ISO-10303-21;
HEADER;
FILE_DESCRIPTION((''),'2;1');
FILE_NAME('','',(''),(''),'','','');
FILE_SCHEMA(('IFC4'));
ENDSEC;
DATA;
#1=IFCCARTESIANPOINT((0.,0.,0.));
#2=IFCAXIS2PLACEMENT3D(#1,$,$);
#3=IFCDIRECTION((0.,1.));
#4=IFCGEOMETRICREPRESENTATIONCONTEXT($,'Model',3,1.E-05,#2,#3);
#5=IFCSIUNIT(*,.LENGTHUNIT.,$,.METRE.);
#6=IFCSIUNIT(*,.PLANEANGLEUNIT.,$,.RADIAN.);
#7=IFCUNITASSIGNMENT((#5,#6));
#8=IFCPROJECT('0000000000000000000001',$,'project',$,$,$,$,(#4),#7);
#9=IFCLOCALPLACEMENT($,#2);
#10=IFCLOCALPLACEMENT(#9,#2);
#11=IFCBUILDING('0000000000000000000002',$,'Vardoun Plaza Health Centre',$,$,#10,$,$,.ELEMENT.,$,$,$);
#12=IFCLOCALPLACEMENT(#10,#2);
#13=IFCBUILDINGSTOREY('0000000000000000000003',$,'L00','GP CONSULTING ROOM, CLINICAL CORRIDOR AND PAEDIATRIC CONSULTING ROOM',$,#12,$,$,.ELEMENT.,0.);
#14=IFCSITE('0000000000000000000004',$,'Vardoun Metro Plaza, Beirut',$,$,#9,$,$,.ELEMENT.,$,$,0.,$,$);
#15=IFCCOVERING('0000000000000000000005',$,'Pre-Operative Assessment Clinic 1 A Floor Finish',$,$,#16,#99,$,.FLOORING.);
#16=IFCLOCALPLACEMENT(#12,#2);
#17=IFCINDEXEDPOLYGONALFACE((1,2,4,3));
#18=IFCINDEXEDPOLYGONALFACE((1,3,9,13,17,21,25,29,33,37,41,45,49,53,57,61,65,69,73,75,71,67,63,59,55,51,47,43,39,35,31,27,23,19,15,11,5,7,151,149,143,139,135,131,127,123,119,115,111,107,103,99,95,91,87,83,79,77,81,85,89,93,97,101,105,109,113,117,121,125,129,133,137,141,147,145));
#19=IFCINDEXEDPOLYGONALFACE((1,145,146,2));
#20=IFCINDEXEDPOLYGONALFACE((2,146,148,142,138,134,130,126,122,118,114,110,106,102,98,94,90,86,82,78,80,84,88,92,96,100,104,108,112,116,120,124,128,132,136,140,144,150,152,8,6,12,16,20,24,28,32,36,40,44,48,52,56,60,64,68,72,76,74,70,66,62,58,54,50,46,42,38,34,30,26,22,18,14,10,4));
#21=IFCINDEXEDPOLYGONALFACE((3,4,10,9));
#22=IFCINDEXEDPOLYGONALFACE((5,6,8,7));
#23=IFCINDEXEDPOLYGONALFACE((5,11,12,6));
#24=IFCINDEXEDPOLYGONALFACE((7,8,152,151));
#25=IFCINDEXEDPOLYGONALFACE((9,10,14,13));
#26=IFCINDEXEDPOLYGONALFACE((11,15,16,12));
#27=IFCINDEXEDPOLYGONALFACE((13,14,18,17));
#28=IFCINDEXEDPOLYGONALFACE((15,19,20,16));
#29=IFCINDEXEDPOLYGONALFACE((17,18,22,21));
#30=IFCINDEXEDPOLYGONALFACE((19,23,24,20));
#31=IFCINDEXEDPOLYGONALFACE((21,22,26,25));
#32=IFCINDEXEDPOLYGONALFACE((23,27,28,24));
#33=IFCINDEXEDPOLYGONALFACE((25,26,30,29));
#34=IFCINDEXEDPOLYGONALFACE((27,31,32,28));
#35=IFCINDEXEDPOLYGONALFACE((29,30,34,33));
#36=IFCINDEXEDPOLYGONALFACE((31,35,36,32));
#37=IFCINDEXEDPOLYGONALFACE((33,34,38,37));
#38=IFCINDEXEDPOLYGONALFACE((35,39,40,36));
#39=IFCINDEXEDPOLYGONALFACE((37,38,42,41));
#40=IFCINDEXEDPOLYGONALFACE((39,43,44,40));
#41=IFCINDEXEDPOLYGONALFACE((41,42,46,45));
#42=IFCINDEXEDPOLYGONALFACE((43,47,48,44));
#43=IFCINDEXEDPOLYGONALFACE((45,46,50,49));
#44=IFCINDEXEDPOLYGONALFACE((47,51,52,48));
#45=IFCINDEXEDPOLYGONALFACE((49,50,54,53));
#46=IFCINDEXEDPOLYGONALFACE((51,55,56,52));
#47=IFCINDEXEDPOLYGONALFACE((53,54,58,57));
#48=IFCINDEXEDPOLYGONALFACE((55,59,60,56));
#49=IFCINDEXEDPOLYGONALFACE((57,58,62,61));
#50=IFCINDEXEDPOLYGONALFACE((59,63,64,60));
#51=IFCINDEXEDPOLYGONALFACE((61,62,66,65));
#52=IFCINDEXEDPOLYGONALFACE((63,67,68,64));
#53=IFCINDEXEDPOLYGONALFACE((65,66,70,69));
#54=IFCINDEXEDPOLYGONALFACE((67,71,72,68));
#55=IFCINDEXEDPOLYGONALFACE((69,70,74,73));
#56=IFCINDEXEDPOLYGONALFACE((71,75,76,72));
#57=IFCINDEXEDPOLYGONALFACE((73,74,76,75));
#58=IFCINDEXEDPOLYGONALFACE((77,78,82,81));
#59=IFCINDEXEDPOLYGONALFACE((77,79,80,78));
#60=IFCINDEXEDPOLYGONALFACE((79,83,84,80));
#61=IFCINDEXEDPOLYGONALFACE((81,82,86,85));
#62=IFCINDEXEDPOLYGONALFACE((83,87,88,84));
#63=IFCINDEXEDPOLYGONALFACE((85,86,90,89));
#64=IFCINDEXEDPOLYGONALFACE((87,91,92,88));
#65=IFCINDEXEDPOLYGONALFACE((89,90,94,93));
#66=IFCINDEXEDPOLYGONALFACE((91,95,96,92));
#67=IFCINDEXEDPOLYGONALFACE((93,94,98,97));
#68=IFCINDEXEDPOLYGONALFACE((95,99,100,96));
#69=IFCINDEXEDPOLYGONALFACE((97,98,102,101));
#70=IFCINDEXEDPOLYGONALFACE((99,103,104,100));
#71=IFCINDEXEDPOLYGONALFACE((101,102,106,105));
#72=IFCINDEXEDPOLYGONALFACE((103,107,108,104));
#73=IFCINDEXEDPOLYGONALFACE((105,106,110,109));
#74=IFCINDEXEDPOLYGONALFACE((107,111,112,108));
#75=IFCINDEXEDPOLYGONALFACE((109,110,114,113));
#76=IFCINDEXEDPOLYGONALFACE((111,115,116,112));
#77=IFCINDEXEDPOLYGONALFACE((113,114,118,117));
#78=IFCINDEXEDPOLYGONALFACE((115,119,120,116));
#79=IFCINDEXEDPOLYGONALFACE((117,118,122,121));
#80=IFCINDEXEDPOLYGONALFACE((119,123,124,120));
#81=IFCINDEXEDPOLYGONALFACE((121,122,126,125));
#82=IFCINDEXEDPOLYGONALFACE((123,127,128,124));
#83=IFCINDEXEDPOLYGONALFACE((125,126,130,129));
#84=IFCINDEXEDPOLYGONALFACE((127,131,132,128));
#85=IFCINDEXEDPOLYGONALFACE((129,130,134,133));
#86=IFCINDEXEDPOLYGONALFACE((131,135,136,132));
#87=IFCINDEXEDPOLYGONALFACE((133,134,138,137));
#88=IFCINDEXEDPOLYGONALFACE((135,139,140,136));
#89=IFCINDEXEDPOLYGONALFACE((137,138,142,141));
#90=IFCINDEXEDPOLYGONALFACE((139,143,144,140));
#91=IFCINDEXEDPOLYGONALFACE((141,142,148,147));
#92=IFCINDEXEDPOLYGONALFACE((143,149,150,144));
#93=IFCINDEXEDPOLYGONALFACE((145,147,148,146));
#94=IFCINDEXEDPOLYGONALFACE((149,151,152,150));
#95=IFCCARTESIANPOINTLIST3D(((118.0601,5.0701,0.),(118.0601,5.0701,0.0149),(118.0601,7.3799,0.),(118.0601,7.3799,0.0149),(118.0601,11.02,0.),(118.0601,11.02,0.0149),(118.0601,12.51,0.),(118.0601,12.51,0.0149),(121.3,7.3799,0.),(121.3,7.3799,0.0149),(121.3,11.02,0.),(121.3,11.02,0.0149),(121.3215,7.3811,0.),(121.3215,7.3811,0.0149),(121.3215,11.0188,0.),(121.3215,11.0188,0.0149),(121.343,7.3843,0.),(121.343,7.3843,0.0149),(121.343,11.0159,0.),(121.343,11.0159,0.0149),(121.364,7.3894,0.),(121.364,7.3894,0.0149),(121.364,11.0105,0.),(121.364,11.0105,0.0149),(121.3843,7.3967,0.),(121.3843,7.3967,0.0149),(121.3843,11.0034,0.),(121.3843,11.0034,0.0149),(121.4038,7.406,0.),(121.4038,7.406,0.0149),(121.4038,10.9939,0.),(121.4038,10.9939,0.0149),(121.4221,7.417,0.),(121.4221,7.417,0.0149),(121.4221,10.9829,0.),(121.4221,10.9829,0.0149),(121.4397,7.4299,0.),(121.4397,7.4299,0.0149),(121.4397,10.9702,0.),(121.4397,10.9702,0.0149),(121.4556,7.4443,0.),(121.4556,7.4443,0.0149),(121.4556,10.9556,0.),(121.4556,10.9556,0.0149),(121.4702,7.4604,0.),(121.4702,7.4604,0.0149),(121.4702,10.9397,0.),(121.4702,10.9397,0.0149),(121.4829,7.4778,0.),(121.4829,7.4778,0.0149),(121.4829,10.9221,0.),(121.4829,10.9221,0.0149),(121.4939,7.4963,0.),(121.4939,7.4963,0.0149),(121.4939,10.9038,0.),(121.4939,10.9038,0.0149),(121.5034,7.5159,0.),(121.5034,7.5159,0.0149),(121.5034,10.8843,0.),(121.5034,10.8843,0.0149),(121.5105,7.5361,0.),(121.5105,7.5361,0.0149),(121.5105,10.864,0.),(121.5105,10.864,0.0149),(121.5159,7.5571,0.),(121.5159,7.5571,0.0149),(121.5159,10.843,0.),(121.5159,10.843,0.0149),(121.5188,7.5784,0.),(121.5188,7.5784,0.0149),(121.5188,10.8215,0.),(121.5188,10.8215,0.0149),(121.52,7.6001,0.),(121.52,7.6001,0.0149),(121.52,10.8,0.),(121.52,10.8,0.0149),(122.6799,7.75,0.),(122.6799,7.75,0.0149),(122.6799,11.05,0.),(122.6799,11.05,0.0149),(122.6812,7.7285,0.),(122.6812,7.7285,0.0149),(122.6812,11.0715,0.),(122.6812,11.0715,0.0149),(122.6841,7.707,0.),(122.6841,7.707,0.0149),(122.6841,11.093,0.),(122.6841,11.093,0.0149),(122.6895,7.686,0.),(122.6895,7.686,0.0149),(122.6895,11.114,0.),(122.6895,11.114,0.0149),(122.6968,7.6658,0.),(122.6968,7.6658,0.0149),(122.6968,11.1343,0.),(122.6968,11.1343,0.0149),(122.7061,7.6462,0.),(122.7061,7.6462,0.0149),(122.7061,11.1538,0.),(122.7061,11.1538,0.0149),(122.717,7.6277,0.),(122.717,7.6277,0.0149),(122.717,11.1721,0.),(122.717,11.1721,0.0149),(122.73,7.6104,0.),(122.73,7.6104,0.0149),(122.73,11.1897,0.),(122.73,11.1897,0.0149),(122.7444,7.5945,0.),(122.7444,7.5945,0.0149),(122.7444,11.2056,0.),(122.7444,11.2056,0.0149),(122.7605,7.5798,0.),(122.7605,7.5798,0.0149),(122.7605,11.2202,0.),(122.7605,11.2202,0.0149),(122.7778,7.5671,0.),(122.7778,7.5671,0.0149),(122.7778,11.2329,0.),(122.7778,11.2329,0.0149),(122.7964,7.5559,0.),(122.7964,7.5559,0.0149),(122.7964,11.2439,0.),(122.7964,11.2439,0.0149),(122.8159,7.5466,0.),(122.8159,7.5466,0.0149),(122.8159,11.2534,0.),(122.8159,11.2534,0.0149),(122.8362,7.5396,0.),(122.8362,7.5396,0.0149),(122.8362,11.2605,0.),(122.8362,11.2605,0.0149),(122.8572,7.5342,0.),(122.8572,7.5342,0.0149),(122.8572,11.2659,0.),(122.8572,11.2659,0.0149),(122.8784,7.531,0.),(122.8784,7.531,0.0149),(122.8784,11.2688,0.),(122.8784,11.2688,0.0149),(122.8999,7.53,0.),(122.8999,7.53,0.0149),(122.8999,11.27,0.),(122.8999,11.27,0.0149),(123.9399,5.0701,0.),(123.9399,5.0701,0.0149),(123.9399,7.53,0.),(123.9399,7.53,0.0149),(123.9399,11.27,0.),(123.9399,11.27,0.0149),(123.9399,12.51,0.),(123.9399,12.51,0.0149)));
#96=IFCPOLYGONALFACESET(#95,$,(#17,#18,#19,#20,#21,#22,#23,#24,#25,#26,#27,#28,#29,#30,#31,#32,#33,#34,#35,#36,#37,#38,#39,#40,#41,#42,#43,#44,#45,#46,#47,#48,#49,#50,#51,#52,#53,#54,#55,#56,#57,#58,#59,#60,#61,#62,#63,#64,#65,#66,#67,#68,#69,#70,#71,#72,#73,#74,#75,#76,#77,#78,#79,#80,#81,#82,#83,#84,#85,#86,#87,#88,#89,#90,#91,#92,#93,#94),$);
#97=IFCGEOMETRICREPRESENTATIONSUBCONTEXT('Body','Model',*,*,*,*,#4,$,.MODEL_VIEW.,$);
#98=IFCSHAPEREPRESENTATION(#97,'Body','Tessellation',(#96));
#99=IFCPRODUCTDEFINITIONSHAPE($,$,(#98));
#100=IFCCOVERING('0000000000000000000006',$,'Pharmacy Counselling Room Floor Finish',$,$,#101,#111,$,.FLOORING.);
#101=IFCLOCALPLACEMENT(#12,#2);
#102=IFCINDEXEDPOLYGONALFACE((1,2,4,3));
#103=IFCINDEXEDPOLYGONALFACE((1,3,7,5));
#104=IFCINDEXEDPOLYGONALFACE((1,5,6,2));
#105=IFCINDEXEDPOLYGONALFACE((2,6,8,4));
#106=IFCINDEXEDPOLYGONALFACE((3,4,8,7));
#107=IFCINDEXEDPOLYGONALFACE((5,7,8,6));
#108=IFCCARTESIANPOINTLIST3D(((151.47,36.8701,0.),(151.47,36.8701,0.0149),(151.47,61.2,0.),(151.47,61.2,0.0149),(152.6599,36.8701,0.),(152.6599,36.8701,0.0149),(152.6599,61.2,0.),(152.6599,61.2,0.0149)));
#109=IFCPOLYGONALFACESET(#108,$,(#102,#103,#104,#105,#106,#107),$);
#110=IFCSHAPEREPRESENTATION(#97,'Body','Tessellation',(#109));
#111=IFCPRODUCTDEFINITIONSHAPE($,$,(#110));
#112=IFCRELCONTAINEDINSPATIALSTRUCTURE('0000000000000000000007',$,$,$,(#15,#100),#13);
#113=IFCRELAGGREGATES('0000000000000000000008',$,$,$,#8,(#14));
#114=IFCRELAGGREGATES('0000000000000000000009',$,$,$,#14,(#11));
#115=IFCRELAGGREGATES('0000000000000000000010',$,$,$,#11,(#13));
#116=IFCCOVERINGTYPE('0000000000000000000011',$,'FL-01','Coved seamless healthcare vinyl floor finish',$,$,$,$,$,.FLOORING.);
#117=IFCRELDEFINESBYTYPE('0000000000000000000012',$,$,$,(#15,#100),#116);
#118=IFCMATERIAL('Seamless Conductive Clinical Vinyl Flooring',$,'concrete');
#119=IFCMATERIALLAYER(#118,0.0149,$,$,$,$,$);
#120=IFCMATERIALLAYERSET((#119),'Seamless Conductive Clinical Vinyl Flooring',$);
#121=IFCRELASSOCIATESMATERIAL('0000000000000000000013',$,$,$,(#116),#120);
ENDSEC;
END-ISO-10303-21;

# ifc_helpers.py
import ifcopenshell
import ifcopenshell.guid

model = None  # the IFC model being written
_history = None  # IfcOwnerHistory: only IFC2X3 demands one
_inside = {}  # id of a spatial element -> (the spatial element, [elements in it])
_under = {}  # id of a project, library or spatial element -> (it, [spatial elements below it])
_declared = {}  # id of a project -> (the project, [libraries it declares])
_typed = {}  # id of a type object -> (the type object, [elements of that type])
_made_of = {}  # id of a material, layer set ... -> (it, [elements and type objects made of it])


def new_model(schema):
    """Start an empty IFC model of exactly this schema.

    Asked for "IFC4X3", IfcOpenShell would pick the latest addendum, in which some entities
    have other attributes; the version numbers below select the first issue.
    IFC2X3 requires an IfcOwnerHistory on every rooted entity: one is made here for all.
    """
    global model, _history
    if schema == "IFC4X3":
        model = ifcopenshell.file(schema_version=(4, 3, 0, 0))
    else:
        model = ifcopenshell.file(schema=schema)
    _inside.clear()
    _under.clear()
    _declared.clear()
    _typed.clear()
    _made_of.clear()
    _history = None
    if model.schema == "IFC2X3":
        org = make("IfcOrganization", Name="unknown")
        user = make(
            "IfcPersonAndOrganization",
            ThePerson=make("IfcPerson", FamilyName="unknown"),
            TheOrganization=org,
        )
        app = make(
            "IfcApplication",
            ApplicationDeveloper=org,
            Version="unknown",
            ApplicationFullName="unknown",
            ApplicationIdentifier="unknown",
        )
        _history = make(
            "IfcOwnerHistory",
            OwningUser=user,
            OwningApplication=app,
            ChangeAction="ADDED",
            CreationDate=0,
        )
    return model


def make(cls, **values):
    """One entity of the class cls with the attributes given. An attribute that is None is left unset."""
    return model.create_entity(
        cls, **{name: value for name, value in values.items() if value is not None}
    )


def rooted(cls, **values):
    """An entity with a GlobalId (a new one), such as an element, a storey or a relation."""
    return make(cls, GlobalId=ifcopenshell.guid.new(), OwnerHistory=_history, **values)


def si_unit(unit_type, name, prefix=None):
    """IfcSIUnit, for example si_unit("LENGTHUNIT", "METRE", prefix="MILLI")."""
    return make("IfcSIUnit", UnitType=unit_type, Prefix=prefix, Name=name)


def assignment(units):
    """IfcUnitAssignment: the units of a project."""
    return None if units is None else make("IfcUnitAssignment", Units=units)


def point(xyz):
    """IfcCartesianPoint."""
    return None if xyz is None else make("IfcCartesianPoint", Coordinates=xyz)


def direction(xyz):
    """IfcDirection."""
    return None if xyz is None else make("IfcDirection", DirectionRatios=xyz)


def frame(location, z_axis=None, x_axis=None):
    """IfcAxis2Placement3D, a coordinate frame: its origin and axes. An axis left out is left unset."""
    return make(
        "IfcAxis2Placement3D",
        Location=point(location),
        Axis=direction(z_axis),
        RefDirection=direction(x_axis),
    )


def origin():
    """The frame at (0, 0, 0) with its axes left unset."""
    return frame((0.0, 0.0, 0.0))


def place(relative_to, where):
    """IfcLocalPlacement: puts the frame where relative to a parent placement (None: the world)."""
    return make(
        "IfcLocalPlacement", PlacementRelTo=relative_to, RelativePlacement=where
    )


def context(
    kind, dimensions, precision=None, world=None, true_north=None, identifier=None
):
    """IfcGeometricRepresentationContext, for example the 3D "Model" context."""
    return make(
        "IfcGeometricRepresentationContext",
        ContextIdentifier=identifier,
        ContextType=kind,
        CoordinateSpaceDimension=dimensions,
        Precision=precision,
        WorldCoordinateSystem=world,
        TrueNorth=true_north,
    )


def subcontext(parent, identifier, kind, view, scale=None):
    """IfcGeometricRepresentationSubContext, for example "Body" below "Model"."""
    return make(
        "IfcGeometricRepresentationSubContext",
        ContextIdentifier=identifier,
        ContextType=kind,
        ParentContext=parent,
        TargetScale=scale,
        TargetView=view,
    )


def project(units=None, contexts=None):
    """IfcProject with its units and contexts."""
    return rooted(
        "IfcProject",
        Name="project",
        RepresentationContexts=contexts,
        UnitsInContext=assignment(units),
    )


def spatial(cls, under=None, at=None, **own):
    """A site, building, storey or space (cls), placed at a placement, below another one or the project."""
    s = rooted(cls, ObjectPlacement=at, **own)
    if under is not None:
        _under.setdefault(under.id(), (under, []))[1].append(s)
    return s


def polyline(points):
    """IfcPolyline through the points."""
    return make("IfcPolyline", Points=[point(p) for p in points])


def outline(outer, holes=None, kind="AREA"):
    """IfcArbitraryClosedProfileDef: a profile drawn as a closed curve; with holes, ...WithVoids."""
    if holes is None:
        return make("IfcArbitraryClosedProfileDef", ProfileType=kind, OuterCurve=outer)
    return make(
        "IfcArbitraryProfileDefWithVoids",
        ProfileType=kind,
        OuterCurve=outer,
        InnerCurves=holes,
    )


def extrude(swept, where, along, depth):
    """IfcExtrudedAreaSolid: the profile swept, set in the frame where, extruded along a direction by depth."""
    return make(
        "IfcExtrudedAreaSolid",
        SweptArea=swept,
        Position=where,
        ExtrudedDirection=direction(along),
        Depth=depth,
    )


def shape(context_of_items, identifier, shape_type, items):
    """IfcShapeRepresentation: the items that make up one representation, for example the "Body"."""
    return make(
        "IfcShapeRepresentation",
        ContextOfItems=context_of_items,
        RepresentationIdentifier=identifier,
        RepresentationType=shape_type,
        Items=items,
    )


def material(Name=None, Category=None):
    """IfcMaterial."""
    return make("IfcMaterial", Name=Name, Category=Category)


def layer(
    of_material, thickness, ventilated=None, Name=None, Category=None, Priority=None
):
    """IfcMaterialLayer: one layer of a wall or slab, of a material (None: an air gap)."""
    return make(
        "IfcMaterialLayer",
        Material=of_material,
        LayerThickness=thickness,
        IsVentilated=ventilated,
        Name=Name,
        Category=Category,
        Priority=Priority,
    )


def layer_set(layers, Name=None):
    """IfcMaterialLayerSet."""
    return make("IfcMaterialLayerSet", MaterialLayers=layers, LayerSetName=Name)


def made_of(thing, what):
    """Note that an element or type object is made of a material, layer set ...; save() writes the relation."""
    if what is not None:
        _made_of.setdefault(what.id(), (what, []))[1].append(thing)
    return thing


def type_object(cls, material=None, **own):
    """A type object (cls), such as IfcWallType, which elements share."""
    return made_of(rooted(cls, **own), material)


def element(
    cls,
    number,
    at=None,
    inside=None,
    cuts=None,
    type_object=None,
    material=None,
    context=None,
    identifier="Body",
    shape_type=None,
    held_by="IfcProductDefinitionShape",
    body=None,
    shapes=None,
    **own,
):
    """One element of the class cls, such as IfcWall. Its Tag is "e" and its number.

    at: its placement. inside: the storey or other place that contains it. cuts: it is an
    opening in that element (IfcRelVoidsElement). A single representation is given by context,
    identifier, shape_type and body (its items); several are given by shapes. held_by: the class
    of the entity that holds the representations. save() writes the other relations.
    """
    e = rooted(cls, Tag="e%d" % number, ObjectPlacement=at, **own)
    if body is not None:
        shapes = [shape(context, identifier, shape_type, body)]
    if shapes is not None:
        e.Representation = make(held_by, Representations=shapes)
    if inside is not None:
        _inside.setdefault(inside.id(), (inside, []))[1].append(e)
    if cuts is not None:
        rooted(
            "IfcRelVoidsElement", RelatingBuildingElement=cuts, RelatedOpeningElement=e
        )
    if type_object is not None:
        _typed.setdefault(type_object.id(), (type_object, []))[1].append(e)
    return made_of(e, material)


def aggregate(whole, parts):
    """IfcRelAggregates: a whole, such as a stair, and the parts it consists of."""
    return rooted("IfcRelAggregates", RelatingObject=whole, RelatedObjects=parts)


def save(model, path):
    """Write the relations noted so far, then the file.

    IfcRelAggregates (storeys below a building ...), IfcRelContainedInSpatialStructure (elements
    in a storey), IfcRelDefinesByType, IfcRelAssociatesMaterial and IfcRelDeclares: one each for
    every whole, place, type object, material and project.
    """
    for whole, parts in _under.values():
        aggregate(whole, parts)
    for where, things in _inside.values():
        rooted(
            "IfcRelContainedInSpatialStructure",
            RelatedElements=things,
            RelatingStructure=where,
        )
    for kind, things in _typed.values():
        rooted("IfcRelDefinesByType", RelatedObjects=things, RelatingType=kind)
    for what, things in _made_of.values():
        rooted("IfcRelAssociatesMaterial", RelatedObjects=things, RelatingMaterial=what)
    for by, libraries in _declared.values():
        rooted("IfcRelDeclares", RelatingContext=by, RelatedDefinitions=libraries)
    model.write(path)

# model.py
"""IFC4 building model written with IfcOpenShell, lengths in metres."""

from ifc_helpers import new_model, si_unit, direction, origin, place, context, subcontext, project, spatial, polyline, outline, extrude, material, layer, layer_set, type_object, element, save


model = new_model("IFC4")

# Units and contexts
model_context = context("Model", 3, precision=1e-05, world=origin(), true_north=direction((0.0, 1.0)))
body_context = subcontext(model_context, "Body", "Model", "MODEL_VIEW")
ifc_project = project(units=[si_unit("LENGTHUNIT", "METRE"), si_unit("PLANEANGLEUNIT", "RADIAN")], contexts=[model_context])

# Site, building, storey
site_placement = place(None, origin())
site = spatial("IfcSite", under=ifc_project, at=site_placement, Name="Vardoun Metro Plaza, Beirut", CompositionType="ELEMENT", RefElevation=0.0)
building_placement = place(site_placement, origin())
building = spatial("IfcBuilding", under=site, at=building_placement, Name="Vardoun Plaza Health Centre", CompositionType="ELEMENT")
storey_placement = place(building_placement, origin())
storey = spatial("IfcBuildingStorey", under=building, at=storey_placement, Name="L00", Description="GP CONSULTING ROOM, CLINICAL CORRIDOR AND PAEDIATRIC CONSULTING ROOM", CompositionType="ELEMENT", Elevation=0.0)

# Coverings
ifc_material_1 = material(Name="Seamless Conductive Clinical Vinyl Flooring", Category="concrete")
ifc_layer_1 = layer(ifc_material_1, 0.0149)
ifc_layer_set_1 = layer_set([ifc_layer_1], Name="Seamless Conductive Clinical Vinyl Flooring")
covering_type_1 = type_object("IfcCoveringType", Name="FL-01", Description="Coved seamless healthcare vinyl floor finish", PredefinedType="FLOORING", material=ifc_layer_set_1)
covering_1_placement = place(storey_placement, origin())
element("IfcCovering", 1, at=covering_1_placement, inside=storey, type_object=covering_type_1, Name="Pre-Operative Assessment Clinic 1 A Floor Finish", PredefinedType="FLOORING", context=body_context, shape_type="SweptSolid", body=[
    extrude(outline(polyline([(118.0601, 5.0701), (118.0601, 7.3799), (121.3, 7.3799), (121.3215, 7.3811), (121.343, 7.3843), (121.364, 7.3894), (121.3843, 7.3967), (121.4038, 7.406), (121.4221, 7.417), (121.4397, 7.4299), (121.4556, 7.4443), (121.4702, 7.4604), (121.4829, 7.4778), (121.4939, 7.4963), (121.5034, 7.5159), (121.5105, 7.5361), (121.5159, 7.5571), (121.5188, 7.5784), (121.52, 7.6001), (121.52, 10.8), (121.5188, 10.8215), (121.5159, 10.843), (121.5105, 10.864), (121.5034, 10.8843), (121.4939, 10.9038), (121.4829, 10.9221), (121.4702, 10.9397), (121.4556, 10.9556), (121.4397, 10.9702), (121.4221, 10.9829), (121.4038, 10.9939), (121.3843, 11.0034), (121.364, 11.0105), (121.343, 11.0159), (121.3215, 11.0188), (121.3, 11.02), (118.0601, 11.02), (118.0601, 12.51), (123.9399, 12.51), (123.9399, 11.27), (122.8999, 11.27), (122.8784, 11.2688), (122.8572, 11.2659), (122.8362, 11.2605), (122.8159, 11.2534), (122.7964, 11.2439), (122.7778, 11.2329), (122.7605, 11.2202), (122.7444, 11.2056), (122.73, 11.1897), (122.717, 11.1721), (122.7061, 11.1538), (122.6968, 11.1343), (122.6895, 11.114), (122.6841, 11.093), (122.6812, 11.0715), (122.6799, 11.05), (122.6799, 7.75), (122.6812, 7.7285), (122.6841, 7.707), (122.6895, 7.686), (122.6968, 7.6658), (122.7061, 7.6462), (122.717, 7.6277), (122.73, 7.6104), (122.7444, 7.5945), (122.7605, 7.5798), (122.7778, 7.5671), (122.7964, 7.5559), (122.8159, 7.5466), (122.8362, 7.5396), (122.8572, 7.5342), (122.8784, 7.531), (122.8999, 7.53), (123.9399, 7.53), (123.9399, 5.0701), (118.0601, 5.0701)])), origin(), (0.0, 0.0, 1.0), 0.0149),
])
covering_2_placement = place(storey_placement, origin())
element("IfcCovering", 2, at=covering_2_placement, inside=storey, type_object=covering_type_1, Name="Pharmacy Counselling Room Floor Finish", PredefinedType="FLOORING", context=body_context, shape_type="SweptSolid", body=[
    extrude(outline(polyline([(152.6599, 36.8701), (151.47, 36.8701), (151.47, 61.2), (152.6599, 61.2), (152.6599, 36.8701)])), origin(), (0.0, 0.0, 1.0), 0.0149),
])

save(model, "model.ifc")
